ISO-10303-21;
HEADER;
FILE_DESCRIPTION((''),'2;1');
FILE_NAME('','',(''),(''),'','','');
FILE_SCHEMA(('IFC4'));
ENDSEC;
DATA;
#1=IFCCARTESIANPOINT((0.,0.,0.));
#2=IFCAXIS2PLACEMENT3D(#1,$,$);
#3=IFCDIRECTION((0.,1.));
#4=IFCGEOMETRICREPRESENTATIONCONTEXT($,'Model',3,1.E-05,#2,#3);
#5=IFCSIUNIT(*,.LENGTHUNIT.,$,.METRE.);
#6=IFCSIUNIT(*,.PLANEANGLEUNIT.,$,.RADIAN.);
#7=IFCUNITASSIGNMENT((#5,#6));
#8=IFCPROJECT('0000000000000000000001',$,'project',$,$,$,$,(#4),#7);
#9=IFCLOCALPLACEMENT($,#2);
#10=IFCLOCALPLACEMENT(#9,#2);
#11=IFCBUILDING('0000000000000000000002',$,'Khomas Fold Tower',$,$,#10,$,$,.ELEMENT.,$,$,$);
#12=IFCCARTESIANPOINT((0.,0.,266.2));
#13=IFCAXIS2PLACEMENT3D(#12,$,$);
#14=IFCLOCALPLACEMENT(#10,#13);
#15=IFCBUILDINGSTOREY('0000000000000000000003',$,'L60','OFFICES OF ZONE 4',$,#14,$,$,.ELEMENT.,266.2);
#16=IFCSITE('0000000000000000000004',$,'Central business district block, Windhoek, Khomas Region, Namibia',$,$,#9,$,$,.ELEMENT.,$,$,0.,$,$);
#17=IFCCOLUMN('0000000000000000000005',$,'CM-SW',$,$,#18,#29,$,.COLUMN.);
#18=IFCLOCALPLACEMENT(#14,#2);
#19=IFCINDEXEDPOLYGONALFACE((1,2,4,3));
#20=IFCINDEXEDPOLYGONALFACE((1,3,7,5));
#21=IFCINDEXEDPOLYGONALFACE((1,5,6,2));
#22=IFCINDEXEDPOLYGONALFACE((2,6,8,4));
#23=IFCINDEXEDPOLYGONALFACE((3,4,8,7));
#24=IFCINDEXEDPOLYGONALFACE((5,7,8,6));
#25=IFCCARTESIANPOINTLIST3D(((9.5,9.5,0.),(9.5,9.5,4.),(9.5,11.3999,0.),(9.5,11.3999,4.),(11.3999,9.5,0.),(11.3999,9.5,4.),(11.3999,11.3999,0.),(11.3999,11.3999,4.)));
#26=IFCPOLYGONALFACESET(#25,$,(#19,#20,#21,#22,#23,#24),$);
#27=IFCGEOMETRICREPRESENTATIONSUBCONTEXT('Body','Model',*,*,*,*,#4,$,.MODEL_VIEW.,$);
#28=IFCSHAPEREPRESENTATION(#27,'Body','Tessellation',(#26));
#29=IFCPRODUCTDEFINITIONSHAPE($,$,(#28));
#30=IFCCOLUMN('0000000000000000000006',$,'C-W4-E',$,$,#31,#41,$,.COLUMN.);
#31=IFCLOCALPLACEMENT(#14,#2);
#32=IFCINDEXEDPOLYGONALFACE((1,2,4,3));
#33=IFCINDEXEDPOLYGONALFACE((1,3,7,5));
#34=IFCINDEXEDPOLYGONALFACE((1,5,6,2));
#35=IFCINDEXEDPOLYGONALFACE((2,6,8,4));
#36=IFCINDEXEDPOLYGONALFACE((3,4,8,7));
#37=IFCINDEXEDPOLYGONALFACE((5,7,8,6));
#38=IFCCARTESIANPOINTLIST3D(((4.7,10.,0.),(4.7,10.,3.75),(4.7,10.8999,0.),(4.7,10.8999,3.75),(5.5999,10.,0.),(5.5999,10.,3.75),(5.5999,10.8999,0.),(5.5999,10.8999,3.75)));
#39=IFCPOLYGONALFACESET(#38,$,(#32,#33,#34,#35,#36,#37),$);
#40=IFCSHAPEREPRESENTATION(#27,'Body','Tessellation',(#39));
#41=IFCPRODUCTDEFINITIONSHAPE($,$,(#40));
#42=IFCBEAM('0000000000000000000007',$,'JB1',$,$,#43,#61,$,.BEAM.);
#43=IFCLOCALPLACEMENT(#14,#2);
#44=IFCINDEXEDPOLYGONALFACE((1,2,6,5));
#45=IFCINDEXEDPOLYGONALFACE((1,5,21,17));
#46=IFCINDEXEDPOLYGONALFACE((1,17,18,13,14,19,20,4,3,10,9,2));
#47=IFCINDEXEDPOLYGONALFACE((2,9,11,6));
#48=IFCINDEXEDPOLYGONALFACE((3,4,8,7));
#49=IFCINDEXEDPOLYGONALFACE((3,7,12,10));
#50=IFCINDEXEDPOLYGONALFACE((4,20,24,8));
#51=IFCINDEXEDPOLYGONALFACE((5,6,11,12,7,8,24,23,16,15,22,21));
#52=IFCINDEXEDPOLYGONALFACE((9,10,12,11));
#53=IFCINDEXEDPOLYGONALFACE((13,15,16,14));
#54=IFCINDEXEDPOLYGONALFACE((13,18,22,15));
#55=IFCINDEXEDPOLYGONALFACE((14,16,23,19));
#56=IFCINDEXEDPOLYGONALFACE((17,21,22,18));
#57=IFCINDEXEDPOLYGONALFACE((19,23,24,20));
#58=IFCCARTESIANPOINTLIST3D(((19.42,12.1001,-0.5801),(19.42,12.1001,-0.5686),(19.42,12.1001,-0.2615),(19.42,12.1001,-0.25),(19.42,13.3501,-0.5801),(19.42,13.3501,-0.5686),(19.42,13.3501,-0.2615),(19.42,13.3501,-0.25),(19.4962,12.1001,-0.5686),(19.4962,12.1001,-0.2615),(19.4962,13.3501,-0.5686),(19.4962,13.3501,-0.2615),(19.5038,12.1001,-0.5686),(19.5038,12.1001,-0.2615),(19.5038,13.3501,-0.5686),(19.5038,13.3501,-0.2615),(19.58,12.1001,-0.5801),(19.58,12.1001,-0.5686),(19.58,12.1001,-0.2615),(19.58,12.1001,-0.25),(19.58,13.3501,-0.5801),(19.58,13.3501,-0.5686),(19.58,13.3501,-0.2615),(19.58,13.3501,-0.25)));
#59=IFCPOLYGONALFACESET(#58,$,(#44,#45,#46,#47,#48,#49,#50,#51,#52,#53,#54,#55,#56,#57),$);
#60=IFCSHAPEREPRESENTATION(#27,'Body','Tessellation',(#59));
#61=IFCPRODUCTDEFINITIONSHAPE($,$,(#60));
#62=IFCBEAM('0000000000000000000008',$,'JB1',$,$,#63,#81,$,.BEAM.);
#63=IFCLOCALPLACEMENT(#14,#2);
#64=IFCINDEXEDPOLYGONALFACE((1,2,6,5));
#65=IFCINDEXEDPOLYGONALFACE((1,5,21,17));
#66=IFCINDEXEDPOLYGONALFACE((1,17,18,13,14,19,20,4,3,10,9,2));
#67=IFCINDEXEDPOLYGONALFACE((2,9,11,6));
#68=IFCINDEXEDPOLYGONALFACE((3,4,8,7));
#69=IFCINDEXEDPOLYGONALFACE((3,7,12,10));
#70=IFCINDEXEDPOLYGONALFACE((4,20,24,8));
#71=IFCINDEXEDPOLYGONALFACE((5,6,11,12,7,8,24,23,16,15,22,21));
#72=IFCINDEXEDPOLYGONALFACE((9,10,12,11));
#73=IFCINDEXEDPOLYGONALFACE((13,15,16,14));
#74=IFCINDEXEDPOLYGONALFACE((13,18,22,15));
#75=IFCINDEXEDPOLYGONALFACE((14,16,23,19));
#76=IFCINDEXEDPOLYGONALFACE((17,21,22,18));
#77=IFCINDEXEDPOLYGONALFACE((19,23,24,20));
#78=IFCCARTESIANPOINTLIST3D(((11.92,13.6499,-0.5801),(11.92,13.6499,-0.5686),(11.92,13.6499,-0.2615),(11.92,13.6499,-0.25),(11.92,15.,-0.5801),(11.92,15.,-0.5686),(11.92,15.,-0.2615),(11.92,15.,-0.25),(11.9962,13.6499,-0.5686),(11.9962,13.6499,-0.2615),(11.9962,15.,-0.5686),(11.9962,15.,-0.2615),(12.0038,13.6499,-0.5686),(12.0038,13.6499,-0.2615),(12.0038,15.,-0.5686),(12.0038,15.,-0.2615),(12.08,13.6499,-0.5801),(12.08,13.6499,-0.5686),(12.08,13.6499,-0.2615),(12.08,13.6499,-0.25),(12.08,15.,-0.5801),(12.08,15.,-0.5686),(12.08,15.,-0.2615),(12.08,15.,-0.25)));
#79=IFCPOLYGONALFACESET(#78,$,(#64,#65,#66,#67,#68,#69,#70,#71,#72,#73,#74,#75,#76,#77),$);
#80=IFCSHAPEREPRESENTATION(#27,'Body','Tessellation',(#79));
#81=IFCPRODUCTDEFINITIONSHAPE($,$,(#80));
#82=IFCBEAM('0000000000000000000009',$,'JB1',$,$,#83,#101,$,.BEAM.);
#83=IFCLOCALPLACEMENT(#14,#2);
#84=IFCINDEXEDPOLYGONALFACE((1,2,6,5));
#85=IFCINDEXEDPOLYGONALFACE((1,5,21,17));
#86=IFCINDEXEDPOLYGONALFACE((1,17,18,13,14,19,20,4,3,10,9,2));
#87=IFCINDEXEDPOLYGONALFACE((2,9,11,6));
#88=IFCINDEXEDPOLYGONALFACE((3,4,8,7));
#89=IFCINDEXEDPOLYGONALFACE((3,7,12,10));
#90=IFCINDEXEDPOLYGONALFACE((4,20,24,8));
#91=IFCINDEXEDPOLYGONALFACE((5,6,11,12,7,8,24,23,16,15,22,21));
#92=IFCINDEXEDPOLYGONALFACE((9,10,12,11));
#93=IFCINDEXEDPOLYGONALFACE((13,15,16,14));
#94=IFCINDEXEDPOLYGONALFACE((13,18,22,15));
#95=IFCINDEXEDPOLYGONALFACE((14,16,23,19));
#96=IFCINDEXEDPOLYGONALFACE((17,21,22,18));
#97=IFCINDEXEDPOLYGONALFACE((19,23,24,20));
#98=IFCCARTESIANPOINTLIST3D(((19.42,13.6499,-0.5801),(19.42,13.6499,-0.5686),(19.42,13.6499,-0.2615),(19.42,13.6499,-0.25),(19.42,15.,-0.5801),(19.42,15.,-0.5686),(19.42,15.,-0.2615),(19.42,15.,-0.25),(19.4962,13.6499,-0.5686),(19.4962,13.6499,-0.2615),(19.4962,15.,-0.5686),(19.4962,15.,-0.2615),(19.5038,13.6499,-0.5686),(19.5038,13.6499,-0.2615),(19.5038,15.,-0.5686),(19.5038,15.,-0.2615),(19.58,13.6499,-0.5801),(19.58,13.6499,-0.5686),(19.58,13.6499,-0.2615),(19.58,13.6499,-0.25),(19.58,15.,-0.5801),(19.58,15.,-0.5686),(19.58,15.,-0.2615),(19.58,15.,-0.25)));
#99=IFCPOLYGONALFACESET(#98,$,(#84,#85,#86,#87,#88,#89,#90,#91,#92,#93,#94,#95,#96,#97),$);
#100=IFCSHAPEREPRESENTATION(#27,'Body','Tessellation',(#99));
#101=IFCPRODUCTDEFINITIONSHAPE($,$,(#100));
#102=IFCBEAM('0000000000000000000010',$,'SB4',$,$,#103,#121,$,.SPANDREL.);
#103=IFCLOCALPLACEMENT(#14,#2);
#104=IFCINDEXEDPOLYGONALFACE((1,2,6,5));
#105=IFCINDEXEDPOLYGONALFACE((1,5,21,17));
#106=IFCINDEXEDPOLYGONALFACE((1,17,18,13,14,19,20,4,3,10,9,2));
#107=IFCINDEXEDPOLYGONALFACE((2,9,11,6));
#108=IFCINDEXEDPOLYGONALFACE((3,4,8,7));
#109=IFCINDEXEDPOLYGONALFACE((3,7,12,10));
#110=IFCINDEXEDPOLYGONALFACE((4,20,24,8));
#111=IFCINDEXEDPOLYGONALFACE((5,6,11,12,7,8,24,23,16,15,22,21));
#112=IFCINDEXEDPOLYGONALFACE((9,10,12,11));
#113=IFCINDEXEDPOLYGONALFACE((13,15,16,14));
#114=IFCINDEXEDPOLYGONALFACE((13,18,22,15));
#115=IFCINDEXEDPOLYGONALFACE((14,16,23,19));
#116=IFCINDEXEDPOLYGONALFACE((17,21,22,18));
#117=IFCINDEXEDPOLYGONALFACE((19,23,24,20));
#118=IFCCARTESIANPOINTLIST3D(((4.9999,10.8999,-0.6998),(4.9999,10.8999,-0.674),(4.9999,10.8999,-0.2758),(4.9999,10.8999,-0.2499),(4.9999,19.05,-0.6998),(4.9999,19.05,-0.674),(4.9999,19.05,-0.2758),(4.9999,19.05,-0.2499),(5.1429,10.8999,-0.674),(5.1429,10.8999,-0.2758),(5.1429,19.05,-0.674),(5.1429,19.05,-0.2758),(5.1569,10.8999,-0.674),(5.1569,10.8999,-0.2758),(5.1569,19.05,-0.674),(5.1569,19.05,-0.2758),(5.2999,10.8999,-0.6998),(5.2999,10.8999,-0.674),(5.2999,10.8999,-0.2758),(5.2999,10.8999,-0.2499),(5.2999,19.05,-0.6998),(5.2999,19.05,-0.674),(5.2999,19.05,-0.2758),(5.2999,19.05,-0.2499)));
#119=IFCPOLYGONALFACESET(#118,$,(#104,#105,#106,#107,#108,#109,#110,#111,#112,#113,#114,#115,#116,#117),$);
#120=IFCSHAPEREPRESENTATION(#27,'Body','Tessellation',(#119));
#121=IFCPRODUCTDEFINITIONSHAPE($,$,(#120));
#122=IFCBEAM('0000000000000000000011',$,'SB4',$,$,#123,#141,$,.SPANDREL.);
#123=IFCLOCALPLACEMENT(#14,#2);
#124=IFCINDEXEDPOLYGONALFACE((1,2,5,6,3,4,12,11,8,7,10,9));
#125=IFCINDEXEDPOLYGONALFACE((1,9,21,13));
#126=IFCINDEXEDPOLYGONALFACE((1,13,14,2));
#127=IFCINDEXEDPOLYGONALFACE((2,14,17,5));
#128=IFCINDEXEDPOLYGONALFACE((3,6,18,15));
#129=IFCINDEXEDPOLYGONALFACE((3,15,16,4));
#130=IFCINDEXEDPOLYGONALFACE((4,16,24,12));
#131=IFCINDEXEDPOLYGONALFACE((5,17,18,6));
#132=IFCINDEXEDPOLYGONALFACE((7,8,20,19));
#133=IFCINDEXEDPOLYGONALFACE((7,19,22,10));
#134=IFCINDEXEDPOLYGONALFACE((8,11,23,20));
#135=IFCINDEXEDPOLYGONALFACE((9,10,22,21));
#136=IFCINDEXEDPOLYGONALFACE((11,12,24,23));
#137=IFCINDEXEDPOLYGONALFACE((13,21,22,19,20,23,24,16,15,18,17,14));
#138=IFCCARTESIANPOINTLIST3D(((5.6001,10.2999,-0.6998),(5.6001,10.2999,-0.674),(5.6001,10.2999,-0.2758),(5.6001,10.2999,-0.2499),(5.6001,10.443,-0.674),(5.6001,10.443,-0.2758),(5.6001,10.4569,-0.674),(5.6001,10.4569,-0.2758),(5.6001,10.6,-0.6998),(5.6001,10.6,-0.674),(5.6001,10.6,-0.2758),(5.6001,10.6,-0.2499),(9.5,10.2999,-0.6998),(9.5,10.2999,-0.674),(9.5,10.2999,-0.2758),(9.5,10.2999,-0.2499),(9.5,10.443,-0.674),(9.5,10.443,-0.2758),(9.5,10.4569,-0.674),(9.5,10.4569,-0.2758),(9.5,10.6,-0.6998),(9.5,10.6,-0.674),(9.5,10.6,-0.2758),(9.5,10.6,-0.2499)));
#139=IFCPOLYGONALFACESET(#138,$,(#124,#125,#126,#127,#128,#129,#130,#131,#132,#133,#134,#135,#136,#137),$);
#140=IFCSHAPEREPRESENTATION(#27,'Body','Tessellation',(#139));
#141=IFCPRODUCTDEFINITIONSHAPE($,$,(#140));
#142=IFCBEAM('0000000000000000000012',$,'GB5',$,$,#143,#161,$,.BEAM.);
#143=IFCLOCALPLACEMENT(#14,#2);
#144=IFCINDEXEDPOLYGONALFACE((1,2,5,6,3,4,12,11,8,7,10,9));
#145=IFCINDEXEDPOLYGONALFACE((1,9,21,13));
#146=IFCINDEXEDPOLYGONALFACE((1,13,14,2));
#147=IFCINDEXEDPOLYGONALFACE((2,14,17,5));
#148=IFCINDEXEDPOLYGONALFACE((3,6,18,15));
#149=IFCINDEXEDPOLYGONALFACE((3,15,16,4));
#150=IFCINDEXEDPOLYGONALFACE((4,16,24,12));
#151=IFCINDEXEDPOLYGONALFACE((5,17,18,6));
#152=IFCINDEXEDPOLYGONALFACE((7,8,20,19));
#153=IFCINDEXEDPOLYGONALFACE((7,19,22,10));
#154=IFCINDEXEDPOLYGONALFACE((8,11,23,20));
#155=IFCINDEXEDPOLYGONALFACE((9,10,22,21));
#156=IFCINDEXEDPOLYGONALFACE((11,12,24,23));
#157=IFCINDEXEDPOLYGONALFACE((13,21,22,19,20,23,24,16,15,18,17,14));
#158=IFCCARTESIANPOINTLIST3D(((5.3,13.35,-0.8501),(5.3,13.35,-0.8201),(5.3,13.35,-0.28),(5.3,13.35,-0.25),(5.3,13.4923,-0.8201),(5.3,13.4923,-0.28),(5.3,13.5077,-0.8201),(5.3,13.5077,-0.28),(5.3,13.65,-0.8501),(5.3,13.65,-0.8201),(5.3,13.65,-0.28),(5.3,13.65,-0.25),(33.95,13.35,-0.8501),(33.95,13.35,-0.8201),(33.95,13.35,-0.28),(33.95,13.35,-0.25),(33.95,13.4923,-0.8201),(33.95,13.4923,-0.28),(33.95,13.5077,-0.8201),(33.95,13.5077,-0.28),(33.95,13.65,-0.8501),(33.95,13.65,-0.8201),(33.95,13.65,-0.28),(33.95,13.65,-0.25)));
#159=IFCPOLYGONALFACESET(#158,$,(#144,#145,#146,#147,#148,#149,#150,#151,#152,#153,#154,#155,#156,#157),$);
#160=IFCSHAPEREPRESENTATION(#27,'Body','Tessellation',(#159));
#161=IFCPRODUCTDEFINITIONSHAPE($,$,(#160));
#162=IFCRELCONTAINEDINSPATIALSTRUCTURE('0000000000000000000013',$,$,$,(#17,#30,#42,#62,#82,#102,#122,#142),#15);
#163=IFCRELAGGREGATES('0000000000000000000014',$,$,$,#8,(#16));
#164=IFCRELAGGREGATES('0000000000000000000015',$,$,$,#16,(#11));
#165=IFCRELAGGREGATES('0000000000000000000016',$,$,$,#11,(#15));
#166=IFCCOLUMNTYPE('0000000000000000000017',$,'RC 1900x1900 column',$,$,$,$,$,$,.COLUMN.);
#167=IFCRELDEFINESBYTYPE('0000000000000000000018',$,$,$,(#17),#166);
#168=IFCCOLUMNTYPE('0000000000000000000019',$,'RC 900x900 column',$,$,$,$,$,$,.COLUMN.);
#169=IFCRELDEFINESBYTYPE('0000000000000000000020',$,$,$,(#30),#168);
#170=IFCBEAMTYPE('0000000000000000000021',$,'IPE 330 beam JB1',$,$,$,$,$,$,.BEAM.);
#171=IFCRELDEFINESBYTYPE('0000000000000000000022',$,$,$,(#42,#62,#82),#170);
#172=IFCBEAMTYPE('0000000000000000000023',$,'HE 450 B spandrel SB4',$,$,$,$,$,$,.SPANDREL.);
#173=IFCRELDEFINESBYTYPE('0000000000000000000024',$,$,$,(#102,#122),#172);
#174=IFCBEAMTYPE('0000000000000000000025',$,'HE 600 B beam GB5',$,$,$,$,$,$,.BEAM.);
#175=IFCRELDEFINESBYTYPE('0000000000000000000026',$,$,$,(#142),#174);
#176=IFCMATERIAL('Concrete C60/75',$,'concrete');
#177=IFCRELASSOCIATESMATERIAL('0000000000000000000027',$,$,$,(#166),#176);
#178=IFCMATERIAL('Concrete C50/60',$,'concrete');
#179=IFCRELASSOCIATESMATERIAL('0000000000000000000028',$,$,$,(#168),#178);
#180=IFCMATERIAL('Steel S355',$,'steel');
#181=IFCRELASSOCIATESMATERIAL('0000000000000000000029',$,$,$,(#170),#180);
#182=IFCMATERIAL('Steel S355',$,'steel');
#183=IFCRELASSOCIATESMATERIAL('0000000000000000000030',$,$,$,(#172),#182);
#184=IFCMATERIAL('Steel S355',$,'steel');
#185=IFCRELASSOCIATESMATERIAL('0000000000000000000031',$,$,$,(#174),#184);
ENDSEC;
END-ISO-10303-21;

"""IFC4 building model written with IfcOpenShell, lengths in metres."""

from ifc_helpers import new_model, si_unit, direction, frame, origin, origin_2d, place, context, subcontext, project, spatial, rectangle, i_section, extrude, source, transform, mapped, material, material_profile, profile_set, type_object, element, save


model = new_model("IFC4")

# Units and contexts
model_context = context("Model", 3, precision=1e-05, world=origin(), true_north=direction((0.0, 1.0)))
body_context = subcontext(model_context, "Body", "Model", "MODEL_VIEW")
ifc_project = project(units=[si_unit("LENGTHUNIT", "METRE"), si_unit("PLANEANGLEUNIT", "RADIAN")], contexts=[model_context])

# Site, building, storey
site_placement = place(None, origin())
site = spatial("IfcSite", under=ifc_project, at=site_placement, Name="Central business district block, Windhoek, Khomas Region, Namibia", CompositionType="ELEMENT", RefElevation=0.0)
building_placement = place(site_placement, origin())
building = spatial("IfcBuilding", under=site, at=building_placement, Name="Khomas Fold Tower", CompositionType="ELEMENT")
storey_placement = place(building_placement, frame((0.0, 0.0, 266.2)))
storey = spatial("IfcBuildingStorey", under=building, at=storey_placement, Name="L60", Description="OFFICES OF ZONE 4", CompositionType="ELEMENT", Elevation=266.2)

# Columns
ifc_material_1 = material(Name="Concrete C60/75", Category="concrete")
ifc_material_profile_1 = material_profile(ifc_material_1, rectangle(XDim=1.8999, YDim=1.8999, at=origin_2d()), Name="RC 1900x1900")
ifc_profile_set_1 = profile_set([ifc_material_profile_1], Name="Concrete C60/75")
column_type_1 = type_object("IfcColumnType", Name="RC 1900x1900 column", PredefinedType="COLUMN", material=ifc_profile_set_1)
shared_shape_1 = source(origin(), body_context, "Body", "SweptSolid", [
    extrude(rectangle(XDim=1.8999, YDim=1.8999, at=origin_2d()), origin(), (0.0, 0.0, 1.0), 4.0),
])
column_1_placement = place(storey_placement, frame((10.45, 10.45, 0.0), z_axis=(0.0, 0.0, 1.0), x_axis=(1.0, 0.0, 0.0)))
element("IfcColumn", 1, at=column_1_placement, inside=storey, type_object=column_type_1, Name="CM-SW", PredefinedType="COLUMN", context=body_context, shape_type="MappedRepresentation", body=[
    mapped(shared_shape_1, transform((0.0, 0.0, 0.0))),
])
ifc_material_2 = material(Name="Concrete C50/60", Category="concrete")
ifc_material_profile_2 = material_profile(ifc_material_2, rectangle(XDim=0.8999, YDim=0.8999, at=origin_2d()), Name="RC 900x900")
ifc_profile_set_2 = profile_set([ifc_material_profile_2], Name="Concrete C50/60")
column_type_2 = type_object("IfcColumnType", Name="RC 900x900 column", PredefinedType="COLUMN", material=ifc_profile_set_2)
shared_shape_2 = source(origin(), body_context, "Body", "SweptSolid", [
    extrude(rectangle(XDim=0.8999, YDim=0.8999, at=origin_2d()), origin(), (0.0, 0.0, 1.0), 3.75),
])
column_2_placement = place(storey_placement, frame((5.1499, 10.45, 0.0), z_axis=(0.0, 0.0, 1.0), x_axis=(1.0, 0.0, 0.0)))
element("IfcColumn", 2, at=column_2_placement, inside=storey, type_object=column_type_2, Name="C-W4-E", PredefinedType="COLUMN", context=body_context, shape_type="MappedRepresentation", body=[
    mapped(shared_shape_2, transform((0.0, 0.0, 0.0))),
])

# Beams
ifc_material_3 = material(Name="Steel S355", Category="steel")
ifc_material_profile_3 = material_profile(ifc_material_3, i_section(OverallWidth=0.1599, OverallDepth=0.3301, WebThickness=0.0076, FlangeThickness=0.0115, at=origin_2d()), Name="IPE 330")
ifc_profile_set_3 = profile_set([ifc_material_profile_3], Name="Steel S355")
beam_type_1 = type_object("IfcBeamType", Name="IPE 330 beam JB1", PredefinedType="BEAM", material=ifc_profile_set_3)
shared_shape_3 = source(origin(), body_context, "Body", "SweptSolid", [
    extrude(i_section(OverallWidth=0.1599, OverallDepth=0.3301, WebThickness=0.0076, FlangeThickness=0.0115, at=origin_2d()), origin(), (0.0, 0.0, 1.0), 1.25),
])
beam_1_placement = place(storey_placement, frame((19.5, 12.1001, -0.415), z_axis=(0.0, 1.0, 0.0), x_axis=(-1.0, 0.0, 0.0)))
element("IfcBeam", 3, at=beam_1_placement, inside=storey, type_object=beam_type_1, Name="JB1", PredefinedType="BEAM", context=body_context, shape_type="MappedRepresentation", body=[
    mapped(shared_shape_3, transform((0.0, 0.0, 0.0))),
])
shared_shape_4 = source(origin(), body_context, "Body", "SweptSolid", [
    extrude(i_section(OverallWidth=0.1599, OverallDepth=0.3301, WebThickness=0.0076, FlangeThickness=0.0115, at=origin_2d()), origin(), (0.0, 0.0, 1.0), 1.3501),
])
for number, where, z_axis, x_axis, name in (
    (4, (12.0, 13.6499, -0.415), (0.0, 1.0, 0.0), (-1.0, 0.0, 0.0), "JB1"),
    (5, (19.5, 13.6499, -0.415), (0.0, 1.0, 0.0), (-1.0, 0.0, 0.0), "JB1"),
):
    element("IfcBeam", number, at=place(storey_placement, frame(where, z_axis=z_axis, x_axis=x_axis)), inside=storey, type_object=beam_type_1, Name=name, PredefinedType="BEAM", context=body_context, shape_type="MappedRepresentation", body=[
        mapped(shared_shape_4, transform((0.0, 0.0, 0.0))),
    ])
ifc_material_4 = material(Name="Steel S355", Category="steel")
ifc_material_profile_4 = material_profile(ifc_material_4, i_section(OverallWidth=0.3, OverallDepth=0.45, WebThickness=0.0139, FlangeThickness=0.0259, at=origin_2d()), Name="HE 450 B")
ifc_profile_set_4 = profile_set([ifc_material_profile_4], Name="Steel S355")
beam_type_2 = type_object("IfcBeamType", Name="HE 450 B spandrel SB4", PredefinedType="SPANDREL", material=ifc_profile_set_4)
shared_shape_5 = source(origin(), body_context, "Body", "SweptSolid", [
    extrude(i_section(OverallWidth=0.3, OverallDepth=0.45, WebThickness=0.0139, FlangeThickness=0.0259, at=origin_2d()), origin(), (0.0, 0.0, 1.0), 8.1501),
])
beam_2_placement = place(storey_placement, frame((5.1499, 10.8999, -0.4749), z_axis=(0.0, 1.0, 0.0), x_axis=(-1.0, 0.0, 0.0)))
element("IfcBeam", 6, at=beam_2_placement, inside=storey, type_object=beam_type_2, Name="SB4", PredefinedType="SPANDREL", context=body_context, shape_type="MappedRepresentation", body=[
    mapped(shared_shape_5, transform((0.0, 0.0, 0.0))),
])
shared_shape_6 = source(origin(), body_context, "Body", "SweptSolid", [
    extrude(i_section(OverallWidth=0.3, OverallDepth=0.45, WebThickness=0.0139, FlangeThickness=0.0259, at=origin_2d()), origin(), (0.0, 0.0, 1.0), 3.8999),
])
beam_3_placement = place(storey_placement, frame((5.6001, 10.45, -0.4749), z_axis=(1.0, 0.0, 0.0), x_axis=(0.0, 1.0, 0.0)))
element("IfcBeam", 7, at=beam_3_placement, inside=storey, type_object=beam_type_2, Name="SB4", PredefinedType="SPANDREL", context=body_context, shape_type="MappedRepresentation", body=[
    mapped(shared_shape_6, transform((0.0, 0.0, 0.0))),
])
ifc_material_5 = material(Name="Steel S355", Category="steel")
ifc_material_profile_5 = material_profile(ifc_material_5, i_section(OverallWidth=0.3, OverallDepth=0.6001, WebThickness=0.0154, FlangeThickness=0.03, at=origin_2d()), Name="HE 600 B")
ifc_profile_set_5 = profile_set([ifc_material_profile_5], Name="Steel S355")
beam_type_3 = type_object("IfcBeamType", Name="HE 600 B beam GB5", PredefinedType="BEAM", material=ifc_profile_set_5)
shared_shape_7 = source(origin(), body_context, "Body", "SweptSolid", [
    extrude(i_section(OverallWidth=0.3, OverallDepth=0.6001, WebThickness=0.0154, FlangeThickness=0.03, at=origin_2d()), origin(), (0.0, 0.0, 1.0), 28.6499),
])
beam_4_placement = place(storey_placement, frame((5.3, 13.5, -0.55), z_axis=(1.0, 0.0, 0.0), x_axis=(0.0, 1.0, 0.0)))
element("IfcBeam", 8, at=beam_4_placement, inside=storey, type_object=beam_type_3, Name="GB5", PredefinedType="BEAM", context=body_context, shape_type="MappedRepresentation", body=[
    mapped(shared_shape_7, transform((0.0, 0.0, 0.0))),
])

save(model, "model.ifc")
